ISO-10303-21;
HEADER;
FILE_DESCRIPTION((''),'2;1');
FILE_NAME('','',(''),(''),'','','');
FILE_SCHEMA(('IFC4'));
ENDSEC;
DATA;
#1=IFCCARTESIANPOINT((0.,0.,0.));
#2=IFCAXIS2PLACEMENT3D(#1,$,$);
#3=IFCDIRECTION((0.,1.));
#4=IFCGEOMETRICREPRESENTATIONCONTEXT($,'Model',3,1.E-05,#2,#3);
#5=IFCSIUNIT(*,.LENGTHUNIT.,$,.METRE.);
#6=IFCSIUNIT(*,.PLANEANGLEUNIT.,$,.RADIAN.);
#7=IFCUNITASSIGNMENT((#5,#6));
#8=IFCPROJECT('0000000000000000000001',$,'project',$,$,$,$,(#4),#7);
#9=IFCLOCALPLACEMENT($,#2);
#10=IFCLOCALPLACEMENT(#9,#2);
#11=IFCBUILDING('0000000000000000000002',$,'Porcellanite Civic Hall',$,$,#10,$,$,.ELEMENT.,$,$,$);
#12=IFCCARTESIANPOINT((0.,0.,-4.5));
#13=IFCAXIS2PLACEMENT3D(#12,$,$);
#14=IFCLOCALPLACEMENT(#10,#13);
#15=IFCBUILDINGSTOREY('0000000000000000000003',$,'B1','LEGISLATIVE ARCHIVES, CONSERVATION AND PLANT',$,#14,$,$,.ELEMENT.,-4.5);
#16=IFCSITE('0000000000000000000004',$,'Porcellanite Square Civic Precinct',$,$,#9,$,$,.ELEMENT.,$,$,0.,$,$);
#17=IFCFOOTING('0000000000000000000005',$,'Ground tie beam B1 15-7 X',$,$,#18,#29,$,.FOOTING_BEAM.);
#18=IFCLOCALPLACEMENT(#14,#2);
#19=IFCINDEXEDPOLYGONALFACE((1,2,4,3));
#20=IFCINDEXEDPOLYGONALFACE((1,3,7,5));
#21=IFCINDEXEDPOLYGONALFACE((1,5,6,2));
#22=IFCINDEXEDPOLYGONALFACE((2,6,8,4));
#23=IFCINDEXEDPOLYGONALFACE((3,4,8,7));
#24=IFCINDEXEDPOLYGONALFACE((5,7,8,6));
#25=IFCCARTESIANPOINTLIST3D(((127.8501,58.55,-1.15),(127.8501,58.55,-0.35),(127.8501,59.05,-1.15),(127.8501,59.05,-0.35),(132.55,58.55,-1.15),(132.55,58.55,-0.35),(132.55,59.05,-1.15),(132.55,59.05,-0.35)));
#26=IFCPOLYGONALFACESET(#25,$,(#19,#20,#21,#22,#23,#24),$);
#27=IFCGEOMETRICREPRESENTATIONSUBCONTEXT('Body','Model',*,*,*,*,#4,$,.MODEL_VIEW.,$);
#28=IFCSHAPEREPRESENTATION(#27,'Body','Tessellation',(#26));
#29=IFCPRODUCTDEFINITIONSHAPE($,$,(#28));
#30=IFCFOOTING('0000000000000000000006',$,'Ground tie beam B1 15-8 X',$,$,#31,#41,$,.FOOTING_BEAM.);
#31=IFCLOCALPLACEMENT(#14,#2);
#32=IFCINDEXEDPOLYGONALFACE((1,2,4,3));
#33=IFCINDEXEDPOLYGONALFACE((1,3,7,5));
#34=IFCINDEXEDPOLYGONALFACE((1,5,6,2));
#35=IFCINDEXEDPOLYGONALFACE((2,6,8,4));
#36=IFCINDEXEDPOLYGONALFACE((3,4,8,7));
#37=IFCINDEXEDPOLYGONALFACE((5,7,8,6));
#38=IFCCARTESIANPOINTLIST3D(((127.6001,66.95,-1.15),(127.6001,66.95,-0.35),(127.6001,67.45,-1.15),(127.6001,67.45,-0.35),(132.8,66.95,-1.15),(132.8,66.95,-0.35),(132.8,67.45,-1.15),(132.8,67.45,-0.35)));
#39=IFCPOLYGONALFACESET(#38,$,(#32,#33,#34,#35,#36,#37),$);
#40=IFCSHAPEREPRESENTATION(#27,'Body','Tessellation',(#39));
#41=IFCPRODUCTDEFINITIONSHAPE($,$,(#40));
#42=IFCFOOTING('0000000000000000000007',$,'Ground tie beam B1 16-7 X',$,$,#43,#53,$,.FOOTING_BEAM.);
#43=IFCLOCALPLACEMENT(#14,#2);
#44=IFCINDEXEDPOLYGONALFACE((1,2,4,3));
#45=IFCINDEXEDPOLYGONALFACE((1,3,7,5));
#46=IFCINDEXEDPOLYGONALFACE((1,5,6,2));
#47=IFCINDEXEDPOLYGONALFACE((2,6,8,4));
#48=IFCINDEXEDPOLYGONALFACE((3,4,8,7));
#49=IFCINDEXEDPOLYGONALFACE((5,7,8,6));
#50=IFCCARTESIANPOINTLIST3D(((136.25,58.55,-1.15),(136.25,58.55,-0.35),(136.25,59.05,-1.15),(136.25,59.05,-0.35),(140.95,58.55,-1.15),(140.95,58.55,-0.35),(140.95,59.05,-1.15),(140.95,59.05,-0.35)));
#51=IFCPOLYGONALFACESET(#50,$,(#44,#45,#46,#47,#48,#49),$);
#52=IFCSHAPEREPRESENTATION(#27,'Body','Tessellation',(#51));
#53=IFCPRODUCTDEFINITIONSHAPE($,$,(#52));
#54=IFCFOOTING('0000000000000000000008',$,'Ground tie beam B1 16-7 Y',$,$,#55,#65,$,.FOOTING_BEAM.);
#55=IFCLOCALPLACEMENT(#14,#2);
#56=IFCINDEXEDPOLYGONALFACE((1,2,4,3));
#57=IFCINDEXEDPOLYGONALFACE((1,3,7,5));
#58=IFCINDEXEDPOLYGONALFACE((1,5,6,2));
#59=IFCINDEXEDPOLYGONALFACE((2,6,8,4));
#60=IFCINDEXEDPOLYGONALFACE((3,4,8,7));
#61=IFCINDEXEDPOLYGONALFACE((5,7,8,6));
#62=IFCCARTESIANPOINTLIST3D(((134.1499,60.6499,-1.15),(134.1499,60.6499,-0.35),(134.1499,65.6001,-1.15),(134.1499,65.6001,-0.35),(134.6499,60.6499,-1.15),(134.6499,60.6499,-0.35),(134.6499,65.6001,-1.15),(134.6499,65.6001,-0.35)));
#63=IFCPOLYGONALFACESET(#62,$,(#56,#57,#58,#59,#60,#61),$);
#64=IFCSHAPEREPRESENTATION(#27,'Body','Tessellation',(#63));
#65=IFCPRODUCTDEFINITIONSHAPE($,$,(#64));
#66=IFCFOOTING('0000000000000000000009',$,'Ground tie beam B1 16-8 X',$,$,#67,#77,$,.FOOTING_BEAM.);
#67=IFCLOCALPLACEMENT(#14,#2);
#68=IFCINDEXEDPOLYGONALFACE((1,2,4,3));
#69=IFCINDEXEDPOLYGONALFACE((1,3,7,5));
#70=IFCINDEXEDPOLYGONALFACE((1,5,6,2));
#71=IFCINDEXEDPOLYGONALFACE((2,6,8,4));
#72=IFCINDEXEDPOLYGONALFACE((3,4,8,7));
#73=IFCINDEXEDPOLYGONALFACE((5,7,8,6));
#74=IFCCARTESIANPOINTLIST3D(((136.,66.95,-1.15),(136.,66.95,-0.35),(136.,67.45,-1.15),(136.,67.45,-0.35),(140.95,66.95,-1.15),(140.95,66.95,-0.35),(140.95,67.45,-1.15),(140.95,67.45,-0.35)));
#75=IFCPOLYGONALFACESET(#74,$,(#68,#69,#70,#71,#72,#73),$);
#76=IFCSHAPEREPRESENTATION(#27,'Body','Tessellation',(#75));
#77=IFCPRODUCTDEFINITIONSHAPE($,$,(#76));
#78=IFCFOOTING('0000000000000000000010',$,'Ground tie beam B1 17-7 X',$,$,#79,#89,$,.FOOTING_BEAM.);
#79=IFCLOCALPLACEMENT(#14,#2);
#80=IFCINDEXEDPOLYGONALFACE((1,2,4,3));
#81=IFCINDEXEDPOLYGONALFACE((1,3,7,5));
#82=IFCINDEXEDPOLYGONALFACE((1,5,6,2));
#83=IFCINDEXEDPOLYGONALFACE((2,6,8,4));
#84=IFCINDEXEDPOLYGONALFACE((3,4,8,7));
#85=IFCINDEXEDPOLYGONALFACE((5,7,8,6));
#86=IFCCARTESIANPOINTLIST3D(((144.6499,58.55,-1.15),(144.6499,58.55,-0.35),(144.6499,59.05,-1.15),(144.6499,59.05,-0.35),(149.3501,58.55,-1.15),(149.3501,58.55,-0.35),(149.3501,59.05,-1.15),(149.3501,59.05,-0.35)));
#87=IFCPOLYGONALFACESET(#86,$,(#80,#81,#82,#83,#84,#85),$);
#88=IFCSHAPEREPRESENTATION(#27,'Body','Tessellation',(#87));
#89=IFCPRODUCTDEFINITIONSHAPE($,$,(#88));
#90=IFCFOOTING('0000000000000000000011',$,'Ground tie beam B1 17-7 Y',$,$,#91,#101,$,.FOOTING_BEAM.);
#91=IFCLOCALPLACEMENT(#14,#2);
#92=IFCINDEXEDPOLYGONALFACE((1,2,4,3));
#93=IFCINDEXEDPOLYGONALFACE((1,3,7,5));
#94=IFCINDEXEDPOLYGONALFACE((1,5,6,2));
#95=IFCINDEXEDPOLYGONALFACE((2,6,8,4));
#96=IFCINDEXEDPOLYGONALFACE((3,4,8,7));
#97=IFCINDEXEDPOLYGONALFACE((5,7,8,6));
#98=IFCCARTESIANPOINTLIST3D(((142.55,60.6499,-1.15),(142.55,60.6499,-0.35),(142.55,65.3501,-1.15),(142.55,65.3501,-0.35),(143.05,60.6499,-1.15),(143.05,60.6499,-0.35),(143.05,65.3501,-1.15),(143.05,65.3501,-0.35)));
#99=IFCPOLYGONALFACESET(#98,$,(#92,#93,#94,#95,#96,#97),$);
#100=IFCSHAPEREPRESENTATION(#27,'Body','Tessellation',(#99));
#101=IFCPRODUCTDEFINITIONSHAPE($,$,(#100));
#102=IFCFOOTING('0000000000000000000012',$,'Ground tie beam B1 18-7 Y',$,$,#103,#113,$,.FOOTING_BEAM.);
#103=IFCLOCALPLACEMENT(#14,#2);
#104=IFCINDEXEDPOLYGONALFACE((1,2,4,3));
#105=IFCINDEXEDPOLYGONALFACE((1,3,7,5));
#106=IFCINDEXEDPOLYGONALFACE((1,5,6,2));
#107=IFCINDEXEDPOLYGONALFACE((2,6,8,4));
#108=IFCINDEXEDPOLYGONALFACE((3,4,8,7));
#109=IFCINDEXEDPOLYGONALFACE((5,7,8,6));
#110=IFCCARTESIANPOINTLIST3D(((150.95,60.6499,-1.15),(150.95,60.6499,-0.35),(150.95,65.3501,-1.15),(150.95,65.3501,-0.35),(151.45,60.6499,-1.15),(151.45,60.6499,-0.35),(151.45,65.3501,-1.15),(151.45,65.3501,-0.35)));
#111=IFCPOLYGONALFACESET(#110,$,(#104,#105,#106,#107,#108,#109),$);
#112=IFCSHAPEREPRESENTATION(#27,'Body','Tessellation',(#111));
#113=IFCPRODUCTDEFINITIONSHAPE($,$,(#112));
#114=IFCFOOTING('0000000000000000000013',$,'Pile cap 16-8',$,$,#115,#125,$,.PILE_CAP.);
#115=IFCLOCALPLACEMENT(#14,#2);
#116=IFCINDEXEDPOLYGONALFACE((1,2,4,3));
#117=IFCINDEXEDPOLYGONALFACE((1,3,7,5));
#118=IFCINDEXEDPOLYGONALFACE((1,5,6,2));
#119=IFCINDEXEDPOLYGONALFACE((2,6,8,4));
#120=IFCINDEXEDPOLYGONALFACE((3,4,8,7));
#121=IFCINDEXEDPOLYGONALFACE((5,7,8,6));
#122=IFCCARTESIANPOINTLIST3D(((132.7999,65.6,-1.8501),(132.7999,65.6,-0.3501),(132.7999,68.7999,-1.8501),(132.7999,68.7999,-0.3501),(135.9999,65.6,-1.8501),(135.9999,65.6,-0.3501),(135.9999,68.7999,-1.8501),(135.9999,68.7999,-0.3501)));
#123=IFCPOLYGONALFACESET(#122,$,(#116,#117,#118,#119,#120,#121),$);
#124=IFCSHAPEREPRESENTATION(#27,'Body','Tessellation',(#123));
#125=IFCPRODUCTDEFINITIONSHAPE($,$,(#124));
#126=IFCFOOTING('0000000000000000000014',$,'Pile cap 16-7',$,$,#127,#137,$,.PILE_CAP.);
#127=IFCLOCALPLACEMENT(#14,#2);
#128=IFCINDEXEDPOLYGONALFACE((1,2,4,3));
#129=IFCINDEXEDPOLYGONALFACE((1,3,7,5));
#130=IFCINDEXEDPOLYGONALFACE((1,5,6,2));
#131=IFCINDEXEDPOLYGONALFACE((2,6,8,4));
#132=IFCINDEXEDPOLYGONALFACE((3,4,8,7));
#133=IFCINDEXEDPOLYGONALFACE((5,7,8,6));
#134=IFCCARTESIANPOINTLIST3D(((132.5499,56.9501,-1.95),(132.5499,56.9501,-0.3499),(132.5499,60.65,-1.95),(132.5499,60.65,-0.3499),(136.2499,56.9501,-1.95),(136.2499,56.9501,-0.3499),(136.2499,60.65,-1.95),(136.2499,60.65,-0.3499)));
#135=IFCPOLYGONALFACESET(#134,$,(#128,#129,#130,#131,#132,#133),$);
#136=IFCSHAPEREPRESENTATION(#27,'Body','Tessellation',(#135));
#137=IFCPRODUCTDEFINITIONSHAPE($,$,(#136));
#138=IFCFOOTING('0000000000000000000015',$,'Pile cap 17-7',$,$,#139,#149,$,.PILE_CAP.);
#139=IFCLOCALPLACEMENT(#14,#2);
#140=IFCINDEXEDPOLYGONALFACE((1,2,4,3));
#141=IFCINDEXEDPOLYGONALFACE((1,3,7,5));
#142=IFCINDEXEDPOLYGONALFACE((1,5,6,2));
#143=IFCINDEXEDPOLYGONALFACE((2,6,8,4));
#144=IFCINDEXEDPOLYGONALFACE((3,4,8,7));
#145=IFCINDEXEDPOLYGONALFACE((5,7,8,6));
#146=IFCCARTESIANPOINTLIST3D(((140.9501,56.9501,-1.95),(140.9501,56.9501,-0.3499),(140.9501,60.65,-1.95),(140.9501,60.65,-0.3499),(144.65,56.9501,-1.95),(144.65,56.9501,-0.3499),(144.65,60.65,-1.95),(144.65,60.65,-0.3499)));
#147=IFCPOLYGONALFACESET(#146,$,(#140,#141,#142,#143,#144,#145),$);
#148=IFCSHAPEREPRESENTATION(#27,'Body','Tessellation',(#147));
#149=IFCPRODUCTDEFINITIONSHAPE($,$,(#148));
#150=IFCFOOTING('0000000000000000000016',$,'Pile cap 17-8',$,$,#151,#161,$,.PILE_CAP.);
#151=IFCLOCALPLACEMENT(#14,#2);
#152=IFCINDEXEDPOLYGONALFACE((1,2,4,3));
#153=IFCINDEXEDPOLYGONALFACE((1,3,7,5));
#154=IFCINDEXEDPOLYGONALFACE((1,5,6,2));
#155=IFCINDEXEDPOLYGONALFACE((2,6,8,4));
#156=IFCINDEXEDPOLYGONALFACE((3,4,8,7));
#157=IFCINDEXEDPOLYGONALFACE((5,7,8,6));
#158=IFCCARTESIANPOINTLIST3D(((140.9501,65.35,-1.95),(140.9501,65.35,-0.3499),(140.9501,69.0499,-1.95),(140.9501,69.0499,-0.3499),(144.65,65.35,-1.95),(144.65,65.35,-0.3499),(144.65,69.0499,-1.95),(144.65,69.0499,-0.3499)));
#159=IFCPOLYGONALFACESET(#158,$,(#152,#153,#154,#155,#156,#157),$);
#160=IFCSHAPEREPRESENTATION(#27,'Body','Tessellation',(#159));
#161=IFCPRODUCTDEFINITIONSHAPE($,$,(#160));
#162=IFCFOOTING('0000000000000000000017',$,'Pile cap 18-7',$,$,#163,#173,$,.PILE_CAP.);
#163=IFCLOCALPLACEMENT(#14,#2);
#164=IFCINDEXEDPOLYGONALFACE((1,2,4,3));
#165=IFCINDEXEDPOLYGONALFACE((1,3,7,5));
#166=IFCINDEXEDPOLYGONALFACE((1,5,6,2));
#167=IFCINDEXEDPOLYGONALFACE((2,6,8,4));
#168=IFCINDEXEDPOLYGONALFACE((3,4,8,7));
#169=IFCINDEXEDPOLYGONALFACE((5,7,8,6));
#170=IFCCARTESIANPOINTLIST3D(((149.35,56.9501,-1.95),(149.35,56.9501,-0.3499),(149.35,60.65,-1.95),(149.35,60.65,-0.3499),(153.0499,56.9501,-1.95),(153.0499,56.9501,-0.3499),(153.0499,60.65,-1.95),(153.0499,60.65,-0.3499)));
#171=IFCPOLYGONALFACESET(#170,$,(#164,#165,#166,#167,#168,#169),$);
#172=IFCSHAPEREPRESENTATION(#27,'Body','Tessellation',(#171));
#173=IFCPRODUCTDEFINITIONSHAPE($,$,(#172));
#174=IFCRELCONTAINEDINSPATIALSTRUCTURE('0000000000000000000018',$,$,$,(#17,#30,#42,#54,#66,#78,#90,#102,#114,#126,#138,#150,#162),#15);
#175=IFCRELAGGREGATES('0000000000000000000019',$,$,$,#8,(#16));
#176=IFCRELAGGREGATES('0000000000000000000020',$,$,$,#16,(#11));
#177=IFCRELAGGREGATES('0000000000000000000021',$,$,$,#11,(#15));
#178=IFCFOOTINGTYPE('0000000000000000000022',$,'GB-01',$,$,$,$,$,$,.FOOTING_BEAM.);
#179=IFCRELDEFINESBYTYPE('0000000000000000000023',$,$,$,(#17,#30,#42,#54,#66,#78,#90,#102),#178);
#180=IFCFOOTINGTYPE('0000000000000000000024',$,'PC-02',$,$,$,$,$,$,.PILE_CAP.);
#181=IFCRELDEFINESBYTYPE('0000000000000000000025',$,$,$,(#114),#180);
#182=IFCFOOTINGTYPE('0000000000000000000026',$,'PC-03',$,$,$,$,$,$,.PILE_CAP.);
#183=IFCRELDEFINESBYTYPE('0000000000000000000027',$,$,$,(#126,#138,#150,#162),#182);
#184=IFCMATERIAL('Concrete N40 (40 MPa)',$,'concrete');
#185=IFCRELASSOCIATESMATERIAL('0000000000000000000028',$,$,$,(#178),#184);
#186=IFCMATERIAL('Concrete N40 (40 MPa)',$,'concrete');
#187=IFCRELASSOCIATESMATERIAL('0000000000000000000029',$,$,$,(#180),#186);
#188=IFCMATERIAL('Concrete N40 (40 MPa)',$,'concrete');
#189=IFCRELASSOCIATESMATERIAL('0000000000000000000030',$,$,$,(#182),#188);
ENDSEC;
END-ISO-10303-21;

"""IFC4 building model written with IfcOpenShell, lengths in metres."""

from ifc_helpers import new_model, si_unit, direction, frame, origin, origin_2d, place, context, subcontext, project, spatial, rectangle, extrude, material, material_profile, profile_set, type_object, element, save


model = new_model("IFC4")

# Units and contexts
model_context = context("Model", 3, precision=1e-05, world=origin(), true_north=direction((0.0, 1.0)))
body_context = subcontext(model_context, "Body", "Model", "MODEL_VIEW")
ifc_project = project(units=[si_unit("LENGTHUNIT", "METRE"), si_unit("PLANEANGLEUNIT", "RADIAN")], contexts=[model_context])

# Site, building, storey
site_placement = place(None, origin())
site = spatial("IfcSite", under=ifc_project, at=site_placement, Name="Porcellanite Square Civic Precinct", CompositionType="ELEMENT", RefElevation=0.0)
building_placement = place(site_placement, origin())
building = spatial("IfcBuilding", under=site, at=building_placement, Name="Porcellanite Civic Hall", CompositionType="ELEMENT")
storey_placement = place(building_placement, frame((0.0, 0.0, -4.5)))
storey = spatial("IfcBuildingStorey", under=building, at=storey_placement, Name="B1", Description="LEGISLATIVE ARCHIVES, CONSERVATION AND PLANT", CompositionType="ELEMENT", Elevation=-4.5)

# Footings
ifc_material_1 = material(Name="Concrete N40 (40 MPa)", Category="concrete")
ifc_material_profile_1 = material_profile(ifc_material_1, rectangle(XDim=0.5, YDim=0.8, at=origin_2d()), Name="RC-500x800")
ifc_profile_set_1 = profile_set([ifc_material_profile_1], Name="Concrete N40 (40 MPa)")
footing_type_1 = type_object("IfcFootingType", Name="GB-01", PredefinedType="FOOTING_BEAM", material=ifc_profile_set_1)
footing_1_placement = place(storey_placement, frame((127.8501, 58.8, -0.75), z_axis=(1.0, 0.0, 0.0), x_axis=(0.0, 1.0, 0.0)))
element("IfcFooting", 1, at=footing_1_placement, inside=storey, type_object=footing_type_1, Name="Ground tie beam B1 15-7 X", PredefinedType="FOOTING_BEAM", context=body_context, shape_type="SweptSolid", body=[
    extrude(rectangle(XDim=0.5, YDim=0.8, at=origin_2d()), origin(), (0.0, 0.0, 1.0), 4.7),
])
footing_2_placement = place(storey_placement, frame((127.6001, 67.2, -0.75), z_axis=(1.0, 0.0, 0.0), x_axis=(0.0, 1.0, 0.0)))
element("IfcFooting", 2, at=footing_2_placement, inside=storey, type_object=footing_type_1, Name="Ground tie beam B1 15-8 X", PredefinedType="FOOTING_BEAM", context=body_context, shape_type="SweptSolid", body=[
    extrude(rectangle(XDim=0.5, YDim=0.8, at=origin_2d()), origin(), (0.0, 0.0, 1.0), 5.2),
])
footing_3_placement = place(storey_placement, frame((136.25, 58.8, -0.75), z_axis=(1.0, 0.0, 0.0), x_axis=(0.0, 1.0, 0.0)))
element("IfcFooting", 3, at=footing_3_placement, inside=storey, type_object=footing_type_1, Name="Ground tie beam B1 16-7 X", PredefinedType="FOOTING_BEAM", context=body_context, shape_type="SweptSolid", body=[
    extrude(rectangle(XDim=0.5, YDim=0.8, at=origin_2d()), origin(), (0.0, 0.0, 1.0), 4.7),
])
footing_4_placement = place(storey_placement, frame((134.3999, 60.6499, -0.75), z_axis=(0.0, 1.0, 0.0), x_axis=(-1.0, 0.0, 0.0)))
element("IfcFooting", 4, at=footing_4_placement, inside=storey, type_object=footing_type_1, Name="Ground tie beam B1 16-7 Y", PredefinedType="FOOTING_BEAM", context=body_context, shape_type="SweptSolid", body=[
    extrude(rectangle(XDim=0.5, YDim=0.8, at=origin_2d()), origin(), (0.0, 0.0, 1.0), 4.9502),
])
footing_5_placement = place(storey_placement, frame((136.0, 67.2, -0.75), z_axis=(1.0, 0.0, 0.0), x_axis=(0.0, 1.0, 0.0)))
element("IfcFooting", 5, at=footing_5_placement, inside=storey, type_object=footing_type_1, Name="Ground tie beam B1 16-8 X", PredefinedType="FOOTING_BEAM", context=body_context, shape_type="SweptSolid", body=[
    extrude(rectangle(XDim=0.5, YDim=0.8, at=origin_2d()), origin(), (0.0, 0.0, 1.0), 4.95),
])
for number, where, z_axis, x_axis, name in (
    (6, (144.6499, 58.8, -0.75), (1.0, 0.0, 0.0), (0.0, 1.0, 0.0), "Ground tie beam B1 17-7 X"),
    (7, (142.8, 60.6499, -0.75), (0.0, 1.0, 0.0), (-1.0, 0.0, 0.0), "Ground tie beam B1 17-7 Y"),
    (8, (151.2, 60.6499, -0.75), (0.0, 1.0, 0.0), (-1.0, 0.0, 0.0), "Ground tie beam B1 18-7 Y"),
):
    element("IfcFooting", number, at=place(storey_placement, frame(where, z_axis=z_axis, x_axis=x_axis)), inside=storey, type_object=footing_type_1, Name=name, PredefinedType="FOOTING_BEAM", context=body_context, shape_type="SweptSolid", body=[
        extrude(rectangle(XDim=0.5, YDim=0.8, at=origin_2d()), origin(), (0.0, 0.0, 1.0), 4.7002),
    ])
ifc_material_2 = material(Name="Concrete N40 (40 MPa)", Category="concrete")
footing_type_2 = type_object("IfcFootingType", Name="PC-02", PredefinedType="PILE_CAP", material=ifc_material_2)
footing_6_placement = place(storey_placement, frame((134.3999, 67.2, -1.8501), z_axis=(0.0, 0.0, 1.0), x_axis=(1.0, 0.0, 0.0)))
element("IfcFooting", 9, at=footing_6_placement, inside=storey, type_object=footing_type_2, Name="Pile cap 16-8", PredefinedType="PILE_CAP", context=body_context, shape_type="SweptSolid", body=[
    extrude(rectangle(XDim=3.2, YDim=3.2, at=origin_2d()), origin(), (0.0, 0.0, 1.0), 1.5),
])
ifc_material_3 = material(Name="Concrete N40 (40 MPa)", Category="concrete")
footing_type_3 = type_object("IfcFootingType", Name="PC-03", PredefinedType="PILE_CAP", material=ifc_material_3)
for number, where, z_axis, x_axis, name in (
    (10, (134.3999, 58.8, -1.95), (0.0, 0.0, 1.0), (1.0, 0.0, 0.0), "Pile cap 16-7"),
    (11, (142.8, 58.8, -1.95), (0.0, 0.0, 1.0), (1.0, 0.0, 0.0), "Pile cap 17-7"),
    (12, (142.8, 67.2, -1.95), (0.0, 0.0, 1.0), (1.0, 0.0, 0.0), "Pile cap 17-8"),
    (13, (151.2, 58.8, -1.95), (0.0, 0.0, 1.0), (1.0, 0.0, 0.0), "Pile cap 18-7"),
):
    element("IfcFooting", number, at=place(storey_placement, frame(where, z_axis=z_axis, x_axis=x_axis)), inside=storey, type_object=footing_type_3, Name=name, PredefinedType="PILE_CAP", context=body_context, shape_type="SweptSolid", body=[
        extrude(rectangle(XDim=3.7, YDim=3.7, at=origin_2d()), origin(), (0.0, 0.0, 1.0), 1.6001),
    ])

save(model, "model.ifc")
